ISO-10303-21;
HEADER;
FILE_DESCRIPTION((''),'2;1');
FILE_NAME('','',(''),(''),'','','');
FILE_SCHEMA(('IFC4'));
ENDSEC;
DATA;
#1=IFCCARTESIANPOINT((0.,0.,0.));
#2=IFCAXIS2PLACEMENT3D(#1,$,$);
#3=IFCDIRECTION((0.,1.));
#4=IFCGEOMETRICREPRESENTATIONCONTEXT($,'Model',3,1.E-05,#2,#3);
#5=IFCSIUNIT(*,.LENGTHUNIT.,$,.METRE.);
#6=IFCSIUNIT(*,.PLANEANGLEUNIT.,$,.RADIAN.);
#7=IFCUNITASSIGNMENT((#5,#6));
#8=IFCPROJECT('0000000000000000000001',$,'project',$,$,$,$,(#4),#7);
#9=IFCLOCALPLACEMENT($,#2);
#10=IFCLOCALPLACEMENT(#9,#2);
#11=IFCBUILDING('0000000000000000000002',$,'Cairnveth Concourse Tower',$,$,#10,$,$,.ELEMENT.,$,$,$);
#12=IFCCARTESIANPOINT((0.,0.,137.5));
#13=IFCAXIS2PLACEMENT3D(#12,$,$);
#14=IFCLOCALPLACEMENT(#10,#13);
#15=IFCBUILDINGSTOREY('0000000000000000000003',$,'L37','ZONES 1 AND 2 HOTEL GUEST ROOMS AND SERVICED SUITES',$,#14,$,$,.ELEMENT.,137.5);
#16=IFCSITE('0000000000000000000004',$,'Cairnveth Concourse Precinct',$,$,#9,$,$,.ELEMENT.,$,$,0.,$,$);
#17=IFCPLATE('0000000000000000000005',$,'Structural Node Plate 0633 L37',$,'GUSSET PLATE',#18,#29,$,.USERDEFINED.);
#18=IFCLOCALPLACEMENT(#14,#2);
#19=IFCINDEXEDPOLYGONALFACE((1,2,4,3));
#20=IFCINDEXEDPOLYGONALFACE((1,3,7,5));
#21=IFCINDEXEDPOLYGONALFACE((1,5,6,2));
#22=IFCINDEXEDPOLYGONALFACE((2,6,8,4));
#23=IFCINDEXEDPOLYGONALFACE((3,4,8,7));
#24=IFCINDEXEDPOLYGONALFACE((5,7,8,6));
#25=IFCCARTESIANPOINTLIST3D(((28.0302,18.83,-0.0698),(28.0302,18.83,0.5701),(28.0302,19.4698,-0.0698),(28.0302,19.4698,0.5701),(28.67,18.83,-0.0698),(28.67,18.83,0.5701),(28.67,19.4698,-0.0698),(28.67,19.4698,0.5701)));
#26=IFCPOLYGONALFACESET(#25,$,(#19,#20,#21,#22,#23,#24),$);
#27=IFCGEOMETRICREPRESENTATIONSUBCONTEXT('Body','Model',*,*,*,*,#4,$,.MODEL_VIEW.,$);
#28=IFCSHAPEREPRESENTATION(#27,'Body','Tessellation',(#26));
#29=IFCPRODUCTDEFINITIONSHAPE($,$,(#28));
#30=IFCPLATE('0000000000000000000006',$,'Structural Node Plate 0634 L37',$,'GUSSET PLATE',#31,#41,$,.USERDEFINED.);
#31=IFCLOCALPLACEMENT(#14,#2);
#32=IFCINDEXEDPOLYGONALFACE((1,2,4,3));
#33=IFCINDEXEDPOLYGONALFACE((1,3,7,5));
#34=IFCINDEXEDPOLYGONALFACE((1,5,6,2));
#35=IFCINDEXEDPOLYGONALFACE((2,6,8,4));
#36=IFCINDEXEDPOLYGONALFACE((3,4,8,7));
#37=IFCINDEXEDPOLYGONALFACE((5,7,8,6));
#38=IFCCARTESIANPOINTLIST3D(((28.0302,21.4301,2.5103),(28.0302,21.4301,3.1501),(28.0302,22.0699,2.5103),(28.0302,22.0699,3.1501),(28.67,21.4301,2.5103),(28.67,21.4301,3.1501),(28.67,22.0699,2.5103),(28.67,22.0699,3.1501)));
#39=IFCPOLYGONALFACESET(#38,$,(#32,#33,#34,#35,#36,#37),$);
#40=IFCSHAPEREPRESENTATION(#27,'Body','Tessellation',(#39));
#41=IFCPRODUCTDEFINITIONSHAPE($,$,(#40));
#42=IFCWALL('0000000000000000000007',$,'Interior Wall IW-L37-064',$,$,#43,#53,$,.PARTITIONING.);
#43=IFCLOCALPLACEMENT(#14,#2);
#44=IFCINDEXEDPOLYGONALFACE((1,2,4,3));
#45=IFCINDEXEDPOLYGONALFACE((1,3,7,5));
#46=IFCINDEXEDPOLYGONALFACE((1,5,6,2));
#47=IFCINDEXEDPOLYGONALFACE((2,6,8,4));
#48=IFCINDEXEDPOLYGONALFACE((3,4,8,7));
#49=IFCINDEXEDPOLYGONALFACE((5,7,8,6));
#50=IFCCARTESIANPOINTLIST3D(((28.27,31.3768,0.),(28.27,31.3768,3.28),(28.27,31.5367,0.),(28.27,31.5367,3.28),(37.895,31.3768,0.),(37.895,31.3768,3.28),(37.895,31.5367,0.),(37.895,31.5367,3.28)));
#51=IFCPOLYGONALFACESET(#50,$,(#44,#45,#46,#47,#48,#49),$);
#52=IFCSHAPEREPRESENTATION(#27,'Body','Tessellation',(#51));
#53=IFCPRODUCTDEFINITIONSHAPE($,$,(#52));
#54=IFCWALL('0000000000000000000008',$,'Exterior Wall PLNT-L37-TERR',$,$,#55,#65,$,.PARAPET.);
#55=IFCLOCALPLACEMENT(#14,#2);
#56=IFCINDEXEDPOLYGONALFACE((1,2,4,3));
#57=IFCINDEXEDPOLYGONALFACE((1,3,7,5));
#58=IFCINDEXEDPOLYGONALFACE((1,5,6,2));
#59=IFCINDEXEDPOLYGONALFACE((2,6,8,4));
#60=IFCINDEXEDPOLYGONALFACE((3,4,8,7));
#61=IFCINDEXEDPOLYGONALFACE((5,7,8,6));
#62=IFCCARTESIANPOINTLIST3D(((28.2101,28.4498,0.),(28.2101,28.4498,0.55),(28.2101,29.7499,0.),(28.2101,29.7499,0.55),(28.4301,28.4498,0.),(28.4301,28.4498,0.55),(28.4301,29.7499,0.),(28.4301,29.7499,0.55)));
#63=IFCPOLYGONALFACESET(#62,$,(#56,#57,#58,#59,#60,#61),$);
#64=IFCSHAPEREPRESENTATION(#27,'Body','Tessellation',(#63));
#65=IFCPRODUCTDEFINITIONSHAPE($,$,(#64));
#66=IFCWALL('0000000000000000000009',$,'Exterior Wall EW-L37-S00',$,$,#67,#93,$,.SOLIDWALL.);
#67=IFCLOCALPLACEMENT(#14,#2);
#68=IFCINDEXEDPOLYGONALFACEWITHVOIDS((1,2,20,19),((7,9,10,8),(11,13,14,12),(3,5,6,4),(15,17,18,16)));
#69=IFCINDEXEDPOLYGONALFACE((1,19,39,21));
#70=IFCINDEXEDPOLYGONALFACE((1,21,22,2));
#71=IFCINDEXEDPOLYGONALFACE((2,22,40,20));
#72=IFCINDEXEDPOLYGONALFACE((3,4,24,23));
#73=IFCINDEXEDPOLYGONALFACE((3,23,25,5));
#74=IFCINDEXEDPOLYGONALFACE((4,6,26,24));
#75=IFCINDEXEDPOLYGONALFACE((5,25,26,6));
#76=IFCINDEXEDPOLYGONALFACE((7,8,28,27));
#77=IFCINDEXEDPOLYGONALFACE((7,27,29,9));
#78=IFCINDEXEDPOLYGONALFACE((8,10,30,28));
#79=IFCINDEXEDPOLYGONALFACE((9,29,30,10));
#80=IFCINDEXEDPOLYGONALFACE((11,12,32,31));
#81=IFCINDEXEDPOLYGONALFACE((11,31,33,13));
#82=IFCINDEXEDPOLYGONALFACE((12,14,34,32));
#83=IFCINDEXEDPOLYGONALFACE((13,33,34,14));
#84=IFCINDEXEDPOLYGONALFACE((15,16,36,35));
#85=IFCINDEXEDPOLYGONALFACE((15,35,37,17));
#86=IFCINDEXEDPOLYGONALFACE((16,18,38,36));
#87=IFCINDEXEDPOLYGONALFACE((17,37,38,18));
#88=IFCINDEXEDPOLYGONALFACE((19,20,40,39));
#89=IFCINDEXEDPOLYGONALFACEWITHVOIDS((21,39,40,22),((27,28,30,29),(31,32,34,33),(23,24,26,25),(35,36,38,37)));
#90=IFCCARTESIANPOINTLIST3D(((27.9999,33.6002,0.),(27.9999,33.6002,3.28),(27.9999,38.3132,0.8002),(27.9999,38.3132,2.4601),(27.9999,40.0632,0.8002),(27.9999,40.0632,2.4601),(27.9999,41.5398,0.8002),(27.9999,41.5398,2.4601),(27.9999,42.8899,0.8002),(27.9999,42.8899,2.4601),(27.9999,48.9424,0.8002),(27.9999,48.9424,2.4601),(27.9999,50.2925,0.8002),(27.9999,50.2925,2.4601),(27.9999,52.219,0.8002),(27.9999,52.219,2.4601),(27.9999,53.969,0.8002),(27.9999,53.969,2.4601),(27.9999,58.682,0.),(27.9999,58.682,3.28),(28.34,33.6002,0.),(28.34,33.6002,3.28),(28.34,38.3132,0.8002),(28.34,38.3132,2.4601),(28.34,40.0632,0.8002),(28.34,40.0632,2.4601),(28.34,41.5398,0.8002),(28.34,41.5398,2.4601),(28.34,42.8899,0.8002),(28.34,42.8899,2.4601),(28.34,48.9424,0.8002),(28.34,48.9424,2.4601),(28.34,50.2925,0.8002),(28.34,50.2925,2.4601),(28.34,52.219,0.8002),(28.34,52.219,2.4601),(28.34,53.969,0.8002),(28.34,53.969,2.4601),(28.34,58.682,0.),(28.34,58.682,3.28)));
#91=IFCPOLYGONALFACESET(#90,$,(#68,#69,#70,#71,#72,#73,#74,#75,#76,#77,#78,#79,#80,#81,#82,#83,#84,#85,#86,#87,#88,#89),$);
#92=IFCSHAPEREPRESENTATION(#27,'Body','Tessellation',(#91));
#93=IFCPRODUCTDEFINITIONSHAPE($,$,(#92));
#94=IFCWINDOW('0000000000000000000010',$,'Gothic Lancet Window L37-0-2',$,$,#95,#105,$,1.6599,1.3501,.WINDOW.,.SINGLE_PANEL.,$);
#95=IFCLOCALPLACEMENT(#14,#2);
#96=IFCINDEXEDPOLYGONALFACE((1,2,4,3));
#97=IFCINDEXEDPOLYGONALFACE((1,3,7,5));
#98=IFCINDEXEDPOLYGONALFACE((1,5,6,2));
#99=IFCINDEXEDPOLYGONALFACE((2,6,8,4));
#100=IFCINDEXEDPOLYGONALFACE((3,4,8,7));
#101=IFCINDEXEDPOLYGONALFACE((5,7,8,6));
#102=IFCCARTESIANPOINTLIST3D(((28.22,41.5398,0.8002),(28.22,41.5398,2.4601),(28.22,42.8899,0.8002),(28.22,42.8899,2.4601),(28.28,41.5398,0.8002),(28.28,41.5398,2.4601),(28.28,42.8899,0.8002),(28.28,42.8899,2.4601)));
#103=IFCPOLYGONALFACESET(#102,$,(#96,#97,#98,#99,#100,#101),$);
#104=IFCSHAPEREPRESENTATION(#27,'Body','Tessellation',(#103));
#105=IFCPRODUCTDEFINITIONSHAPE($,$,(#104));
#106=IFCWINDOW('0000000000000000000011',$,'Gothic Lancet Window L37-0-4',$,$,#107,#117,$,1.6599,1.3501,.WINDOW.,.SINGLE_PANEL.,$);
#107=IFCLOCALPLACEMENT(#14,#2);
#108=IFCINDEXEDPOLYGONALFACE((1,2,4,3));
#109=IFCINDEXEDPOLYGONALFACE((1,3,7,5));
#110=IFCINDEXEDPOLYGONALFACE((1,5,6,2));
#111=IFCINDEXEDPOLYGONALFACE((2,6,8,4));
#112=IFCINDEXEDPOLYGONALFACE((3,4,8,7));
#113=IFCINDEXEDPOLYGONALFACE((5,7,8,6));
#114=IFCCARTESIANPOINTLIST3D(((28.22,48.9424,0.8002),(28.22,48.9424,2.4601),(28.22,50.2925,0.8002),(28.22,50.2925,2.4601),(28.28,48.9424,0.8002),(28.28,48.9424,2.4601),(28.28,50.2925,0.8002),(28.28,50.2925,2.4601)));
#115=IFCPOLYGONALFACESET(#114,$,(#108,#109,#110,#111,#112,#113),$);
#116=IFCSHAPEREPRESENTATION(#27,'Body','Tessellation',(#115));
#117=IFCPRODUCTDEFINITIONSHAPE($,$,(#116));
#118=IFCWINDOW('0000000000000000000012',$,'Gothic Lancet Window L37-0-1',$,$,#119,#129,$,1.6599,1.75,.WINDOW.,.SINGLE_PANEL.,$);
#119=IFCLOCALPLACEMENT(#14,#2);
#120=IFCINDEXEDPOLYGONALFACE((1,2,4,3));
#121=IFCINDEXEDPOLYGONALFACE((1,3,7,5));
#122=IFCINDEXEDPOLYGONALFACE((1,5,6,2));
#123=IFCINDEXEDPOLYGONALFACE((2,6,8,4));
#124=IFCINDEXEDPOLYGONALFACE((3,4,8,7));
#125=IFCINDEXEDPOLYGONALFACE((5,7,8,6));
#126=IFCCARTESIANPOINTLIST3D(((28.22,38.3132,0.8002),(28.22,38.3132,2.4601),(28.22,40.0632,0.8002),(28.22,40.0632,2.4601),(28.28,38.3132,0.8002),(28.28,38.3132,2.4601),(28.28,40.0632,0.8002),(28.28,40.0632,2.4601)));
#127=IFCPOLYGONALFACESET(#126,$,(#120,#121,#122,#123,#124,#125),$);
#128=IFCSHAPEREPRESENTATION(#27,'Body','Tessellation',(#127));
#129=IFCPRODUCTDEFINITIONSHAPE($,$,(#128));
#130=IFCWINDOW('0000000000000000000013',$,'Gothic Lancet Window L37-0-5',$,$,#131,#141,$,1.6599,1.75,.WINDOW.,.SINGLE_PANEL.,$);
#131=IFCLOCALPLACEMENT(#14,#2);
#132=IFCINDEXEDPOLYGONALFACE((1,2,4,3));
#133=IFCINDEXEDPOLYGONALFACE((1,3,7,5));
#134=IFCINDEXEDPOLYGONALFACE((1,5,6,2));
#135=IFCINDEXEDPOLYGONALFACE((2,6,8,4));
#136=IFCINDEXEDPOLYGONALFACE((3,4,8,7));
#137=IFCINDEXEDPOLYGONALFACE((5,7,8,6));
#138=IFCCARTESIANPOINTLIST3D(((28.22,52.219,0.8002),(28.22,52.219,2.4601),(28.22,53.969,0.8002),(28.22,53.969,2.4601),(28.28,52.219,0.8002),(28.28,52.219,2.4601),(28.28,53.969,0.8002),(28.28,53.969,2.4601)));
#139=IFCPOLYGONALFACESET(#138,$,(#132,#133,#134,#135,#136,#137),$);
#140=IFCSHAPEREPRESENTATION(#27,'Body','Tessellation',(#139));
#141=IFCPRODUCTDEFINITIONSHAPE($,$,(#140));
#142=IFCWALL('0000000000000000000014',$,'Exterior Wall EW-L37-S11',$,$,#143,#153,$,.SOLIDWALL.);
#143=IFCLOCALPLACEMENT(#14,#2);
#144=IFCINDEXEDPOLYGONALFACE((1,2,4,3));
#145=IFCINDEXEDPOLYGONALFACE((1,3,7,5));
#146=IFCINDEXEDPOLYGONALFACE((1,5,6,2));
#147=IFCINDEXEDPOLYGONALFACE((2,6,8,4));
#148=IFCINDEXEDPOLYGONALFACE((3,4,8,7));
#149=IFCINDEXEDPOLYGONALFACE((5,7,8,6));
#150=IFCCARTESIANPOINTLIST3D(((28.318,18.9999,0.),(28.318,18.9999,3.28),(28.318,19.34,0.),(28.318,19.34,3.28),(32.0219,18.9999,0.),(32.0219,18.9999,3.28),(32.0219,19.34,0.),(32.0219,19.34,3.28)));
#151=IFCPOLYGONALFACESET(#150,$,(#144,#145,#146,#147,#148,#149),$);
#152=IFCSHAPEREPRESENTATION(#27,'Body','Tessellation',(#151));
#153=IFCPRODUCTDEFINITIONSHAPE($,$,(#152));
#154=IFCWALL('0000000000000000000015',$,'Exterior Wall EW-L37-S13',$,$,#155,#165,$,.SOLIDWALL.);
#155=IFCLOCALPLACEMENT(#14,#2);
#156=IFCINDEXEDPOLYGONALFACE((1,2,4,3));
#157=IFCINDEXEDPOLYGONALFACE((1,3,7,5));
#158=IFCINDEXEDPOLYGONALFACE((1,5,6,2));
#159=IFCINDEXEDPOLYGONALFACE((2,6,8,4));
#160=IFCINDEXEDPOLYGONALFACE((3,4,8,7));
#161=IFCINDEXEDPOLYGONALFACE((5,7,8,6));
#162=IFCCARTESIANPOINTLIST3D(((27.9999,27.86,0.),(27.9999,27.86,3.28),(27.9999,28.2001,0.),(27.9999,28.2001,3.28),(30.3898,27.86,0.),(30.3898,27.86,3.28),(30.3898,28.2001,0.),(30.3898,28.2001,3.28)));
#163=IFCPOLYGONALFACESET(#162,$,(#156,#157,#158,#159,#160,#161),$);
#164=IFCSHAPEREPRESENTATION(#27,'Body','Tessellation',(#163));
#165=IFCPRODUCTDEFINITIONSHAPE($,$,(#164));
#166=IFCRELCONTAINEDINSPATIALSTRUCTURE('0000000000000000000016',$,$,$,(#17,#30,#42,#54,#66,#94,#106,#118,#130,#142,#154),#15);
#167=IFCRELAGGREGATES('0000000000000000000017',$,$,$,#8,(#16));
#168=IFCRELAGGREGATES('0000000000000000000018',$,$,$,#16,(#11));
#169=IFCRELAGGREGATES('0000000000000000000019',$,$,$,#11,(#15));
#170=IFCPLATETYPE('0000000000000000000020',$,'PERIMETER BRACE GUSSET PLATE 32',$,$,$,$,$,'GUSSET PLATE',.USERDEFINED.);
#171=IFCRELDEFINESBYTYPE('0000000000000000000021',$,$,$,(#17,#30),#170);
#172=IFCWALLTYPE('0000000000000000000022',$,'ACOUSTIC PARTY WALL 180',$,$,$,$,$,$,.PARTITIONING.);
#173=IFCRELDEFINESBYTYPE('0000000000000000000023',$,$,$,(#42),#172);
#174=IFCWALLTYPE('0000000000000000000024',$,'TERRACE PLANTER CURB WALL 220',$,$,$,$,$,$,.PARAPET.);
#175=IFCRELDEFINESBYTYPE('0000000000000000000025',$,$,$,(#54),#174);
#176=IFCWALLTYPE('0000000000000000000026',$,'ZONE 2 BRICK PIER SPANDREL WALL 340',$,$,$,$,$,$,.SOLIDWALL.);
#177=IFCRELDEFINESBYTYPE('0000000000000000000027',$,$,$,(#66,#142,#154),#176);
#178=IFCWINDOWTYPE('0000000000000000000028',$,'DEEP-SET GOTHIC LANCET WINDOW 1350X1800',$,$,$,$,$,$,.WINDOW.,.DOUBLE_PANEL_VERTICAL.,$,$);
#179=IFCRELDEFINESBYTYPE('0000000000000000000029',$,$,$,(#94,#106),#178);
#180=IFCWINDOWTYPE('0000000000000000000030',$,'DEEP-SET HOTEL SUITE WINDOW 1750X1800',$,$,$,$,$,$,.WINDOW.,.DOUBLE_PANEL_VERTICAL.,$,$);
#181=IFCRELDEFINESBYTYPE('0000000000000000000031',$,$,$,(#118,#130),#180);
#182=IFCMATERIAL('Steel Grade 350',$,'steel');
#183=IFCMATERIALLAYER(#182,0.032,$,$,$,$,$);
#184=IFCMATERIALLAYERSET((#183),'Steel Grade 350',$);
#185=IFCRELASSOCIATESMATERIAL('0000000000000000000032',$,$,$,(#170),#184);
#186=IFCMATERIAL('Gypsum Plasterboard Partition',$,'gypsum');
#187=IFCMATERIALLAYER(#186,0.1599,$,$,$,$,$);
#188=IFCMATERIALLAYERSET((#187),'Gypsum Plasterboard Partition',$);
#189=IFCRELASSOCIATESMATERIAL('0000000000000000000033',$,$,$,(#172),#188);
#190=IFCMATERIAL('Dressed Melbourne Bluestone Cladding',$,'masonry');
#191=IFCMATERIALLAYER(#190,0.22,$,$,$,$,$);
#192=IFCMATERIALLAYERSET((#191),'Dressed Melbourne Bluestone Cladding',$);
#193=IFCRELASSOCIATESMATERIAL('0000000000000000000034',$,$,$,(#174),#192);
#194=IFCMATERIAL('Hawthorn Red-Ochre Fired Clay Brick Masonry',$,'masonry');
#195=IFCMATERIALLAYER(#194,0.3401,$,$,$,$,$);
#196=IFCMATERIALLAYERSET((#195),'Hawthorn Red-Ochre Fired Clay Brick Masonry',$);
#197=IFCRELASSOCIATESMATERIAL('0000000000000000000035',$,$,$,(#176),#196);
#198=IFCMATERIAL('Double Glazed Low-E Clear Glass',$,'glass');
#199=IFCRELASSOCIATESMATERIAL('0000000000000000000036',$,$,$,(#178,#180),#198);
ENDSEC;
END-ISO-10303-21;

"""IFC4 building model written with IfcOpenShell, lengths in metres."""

from ifc_helpers import new_model, si_unit, direction, frame, frame_2d, origin, origin_2d, place, context, subcontext, project, spatial, rectangle, extrude, material, layer, layer_set, type_object, element, fill, save


model = new_model("IFC4")

# Units and contexts
model_context = context("Model", 3, precision=1e-05, world=origin(), true_north=direction((0.0, 1.0)))
body_context = subcontext(model_context, "Body", "Model", "MODEL_VIEW")
ifc_project = project(units=[si_unit("LENGTHUNIT", "METRE"), si_unit("PLANEANGLEUNIT", "RADIAN")], contexts=[model_context])

# Site, building, storey
site_placement = place(None, origin())
site = spatial("IfcSite", under=ifc_project, at=site_placement, Name="Cairnveth Concourse Precinct", CompositionType="ELEMENT", RefElevation=0.0)
building_placement = place(site_placement, origin())
building = spatial("IfcBuilding", under=site, at=building_placement, Name="Cairnveth Concourse Tower", CompositionType="ELEMENT")
storey_placement = place(building_placement, frame((0.0, 0.0, 137.5)))
storey = spatial("IfcBuildingStorey", under=building, at=storey_placement, Name="L37", Description="ZONES 1 AND 2 HOTEL GUEST ROOMS AND SERVICED SUITES", CompositionType="ELEMENT", Elevation=137.5)

# Plates
ifc_material_1 = material(Name="Steel Grade 350", Category="steel")
ifc_layer_1 = layer(ifc_material_1, 0.032)
ifc_layer_set_1 = layer_set([ifc_layer_1], Name="Steel Grade 350")
plate_type = type_object("IfcPlateType", Name="PERIMETER BRACE GUSSET PLATE 32", ElementType="GUSSET PLATE", PredefinedType="USERDEFINED", material=ifc_layer_set_1)
for number, where, z_axis, x_axis, name in (
    (1, (28.3501, 19.1499, -0.0698), (0.0, 0.0, 1.0), (1.0, 0.0, 0.0), "Structural Node Plate 0633 L37"),
    (2, (28.3501, 21.75, 2.5103), (0.0, 0.0, 1.0), (1.0, 0.0, 0.0), "Structural Node Plate 0634 L37"),
):
    element("IfcPlate", number, at=place(storey_placement, frame(where, z_axis=z_axis, x_axis=x_axis)), inside=storey, type_object=plate_type, Name=name, ObjectType="GUSSET PLATE", PredefinedType="USERDEFINED", context=body_context, shape_type="SweptSolid", body=[
        extrude(rectangle(XDim=0.6399, YDim=0.6399, at=origin_2d()), origin(), (0.0, 0.0, 1.0), 0.6399),
    ])

# Walls
ifc_material_2 = material(Name="Gypsum Plasterboard Partition", Category="gypsum")
ifc_layer_2 = layer(ifc_material_2, 0.1599)
ifc_layer_set_2 = layer_set([ifc_layer_2], Name="Gypsum Plasterboard Partition")
wall_type_1 = type_object("IfcWallType", Name="ACOUSTIC PARTY WALL 180", PredefinedType="PARTITIONING", material=ifc_layer_set_2)
wall_1_placement = place(storey_placement, frame((28.27, 31.4568, 0.0), z_axis=(0.0, 0.0, 1.0), x_axis=(1.0, 0.0, 0.0)))
element("IfcWall", 3, at=wall_1_placement, inside=storey, type_object=wall_type_1, Name="Interior Wall IW-L37-064", PredefinedType="PARTITIONING", context=body_context, shape_type="SweptSolid", body=[
    extrude(rectangle(XDim=9.625, YDim=0.1599, at=frame_2d((4.8125, 0.0))), origin(), (0.0, 0.0, 1.0), 3.28),
])
ifc_material_3 = material(Name="Dressed Melbourne Bluestone Cladding", Category="masonry")
ifc_layer_3 = layer(ifc_material_3, 0.22)
ifc_layer_set_3 = layer_set([ifc_layer_3], Name="Dressed Melbourne Bluestone Cladding")
wall_type_2 = type_object("IfcWallType", Name="TERRACE PLANTER CURB WALL 220", PredefinedType="PARAPET", material=ifc_layer_set_3)
wall_2_placement = place(storey_placement, frame((28.3201, 28.45, 0.0), z_axis=(0.0, 0.0, 1.0), x_axis=(0.0, 1.0, 0.0)))
element("IfcWall", 4, at=wall_2_placement, inside=storey, type_object=wall_type_2, Name="Exterior Wall PLNT-L37-TERR", PredefinedType="PARAPET", context=body_context, shape_type="SweptSolid", body=[
    extrude(rectangle(XDim=1.3, YDim=0.22, at=frame_2d((0.6499, 0.0))), origin(), (0.0, 0.0, 1.0), 0.55),
])

# Wall, openings, windows
ifc_material_4 = material(Name="Hawthorn Red-Ochre Fired Clay Brick Masonry", Category="masonry")
ifc_layer_4 = layer(ifc_material_4, 0.3401)
ifc_layer_set_4 = layer_set([ifc_layer_4], Name="Hawthorn Red-Ochre Fired Clay Brick Masonry")
wall_type_3 = type_object("IfcWallType", Name="ZONE 2 BRICK PIER SPANDREL WALL 340", PredefinedType="SOLIDWALL", material=ifc_layer_set_4)
wall_3_placement = place(storey_placement, frame((28.1699, 33.6001, 0.0), z_axis=(0.0, 0.0, 1.0), x_axis=(0.0, 1.0, 0.0)))
wall_3 = element("IfcWall", 5, at=wall_3_placement, inside=storey, type_object=wall_type_3, Name="Exterior Wall EW-L37-S00", PredefinedType="SOLIDWALL", context=body_context, shape_type="SweptSolid", body=[
    extrude(rectangle(XDim=25.0818, YDim=0.3401, at=frame_2d((12.541, 0.0))), origin(), (0.0, 0.0, 1.0), 3.28),
])
opening_1_placement = place(wall_3_placement, frame((4.7131, 0.0, 0.8)))
opening_1 = element("IfcOpeningElement", 6, at=opening_1_placement, cuts=wall_3, PredefinedType="OPENING", context=body_context, shape_type="SweptSolid", body=[
    extrude(rectangle(XDim=1.75, YDim=1.6599, at=frame_2d((0.875, 0.8301))), frame((0.0, 0.1799, 0.0), z_axis=(0.0, -1.0, 0.0), x_axis=(1.0, 0.0, 0.0)), (0.0, 0.0, 1.0), 0.3601),
])
opening_2_placement = place(wall_3_placement, frame((7.9397, 0.0, 0.8)))
opening_2 = element("IfcOpeningElement", 7, at=opening_2_placement, cuts=wall_3, PredefinedType="OPENING", context=body_context, shape_type="SweptSolid", body=[
    extrude(rectangle(XDim=1.3501, YDim=1.6599, at=frame_2d((0.675, 0.8301))), frame((0.0, 0.1799, 0.0), z_axis=(0.0, -1.0, 0.0), x_axis=(1.0, 0.0, 0.0)), (0.0, 0.0, 1.0), 0.3601),
])
opening_3_placement = place(wall_3_placement, frame((15.3423, 0.0, 0.8)))
opening_3 = element("IfcOpeningElement", 8, at=opening_3_placement, cuts=wall_3, PredefinedType="OPENING", context=body_context, shape_type="SweptSolid", body=[
    extrude(rectangle(XDim=1.3501, YDim=1.6599, at=frame_2d((0.675, 0.8301))), frame((0.0, 0.1799, 0.0), z_axis=(0.0, -1.0, 0.0), x_axis=(1.0, 0.0, 0.0)), (0.0, 0.0, 1.0), 0.3601),
])
opening_4_placement = place(wall_3_placement, frame((18.6189, 0.0, 0.8)))
opening_4 = element("IfcOpeningElement", 9, at=opening_4_placement, cuts=wall_3, PredefinedType="OPENING", context=body_context, shape_type="SweptSolid", body=[
    extrude(rectangle(XDim=1.75, YDim=1.6599, at=frame_2d((0.875, 0.8301))), frame((0.0, 0.1799, 0.0), z_axis=(0.0, -1.0, 0.0), x_axis=(1.0, 0.0, 0.0)), (0.0, 0.0, 1.0), 0.3601),
])
ifc_material_5 = material(Name="Double Glazed Low-E Clear Glass", Category="glass")
window_type_1 = type_object("IfcWindowType", Name="DEEP-SET GOTHIC LANCET WINDOW 1350X1800", PartitioningType="DOUBLE_PANEL_VERTICAL", PredefinedType="WINDOW", material=ifc_material_5)
window_1_placement = place(opening_2_placement, origin())
window_1 = element("IfcWindow", 10, at=window_1_placement, inside=storey, type_object=window_type_1, Name="Gothic Lancet Window L37-0-2", OverallHeight=1.6599, OverallWidth=1.3501, PartitioningType="SINGLE_PANEL", PredefinedType="WINDOW", context=body_context, shape_type="SweptSolid", body=[
    extrude(rectangle(XDim=1.3501, YDim=1.6599, at=frame_2d((0.675, 0.8301))), frame((0.0, -0.05, 0.0), z_axis=(0.0, -1.0, 0.0), x_axis=(1.0, 0.0, 0.0)), (0.0, 0.0, 1.0), 0.0601),
])
fill(opening_2, window_1)
window_2_placement = place(opening_3_placement, origin())
window_2 = element("IfcWindow", 11, at=window_2_placement, inside=storey, type_object=window_type_1, Name="Gothic Lancet Window L37-0-4", OverallHeight=1.6599, OverallWidth=1.3501, PartitioningType="SINGLE_PANEL", PredefinedType="WINDOW", context=body_context, shape_type="SweptSolid", body=[
    extrude(rectangle(XDim=1.3501, YDim=1.6599, at=frame_2d((0.675, 0.8301))), frame((0.0, -0.05, 0.0), z_axis=(0.0, -1.0, 0.0), x_axis=(1.0, 0.0, 0.0)), (0.0, 0.0, 1.0), 0.0601),
])
fill(opening_3, window_2)
window_type_2 = type_object("IfcWindowType", Name="DEEP-SET HOTEL SUITE WINDOW 1750X1800", PartitioningType="DOUBLE_PANEL_VERTICAL", PredefinedType="WINDOW", material=ifc_material_5)
window_3_placement = place(opening_1_placement, origin())
window_3 = element("IfcWindow", 12, at=window_3_placement, inside=storey, type_object=window_type_2, Name="Gothic Lancet Window L37-0-1", OverallHeight=1.6599, OverallWidth=1.75, PartitioningType="SINGLE_PANEL", PredefinedType="WINDOW", context=body_context, shape_type="SweptSolid", body=[
    extrude(rectangle(XDim=1.75, YDim=1.6599, at=frame_2d((0.875, 0.8301))), frame((0.0, -0.05, 0.0), z_axis=(0.0, -1.0, 0.0), x_axis=(1.0, 0.0, 0.0)), (0.0, 0.0, 1.0), 0.0601),
])
fill(opening_1, window_3)
window_4_placement = place(opening_4_placement, origin())
window_4 = element("IfcWindow", 13, at=window_4_placement, inside=storey, type_object=window_type_2, Name="Gothic Lancet Window L37-0-5", OverallHeight=1.6599, OverallWidth=1.75, PartitioningType="SINGLE_PANEL", PredefinedType="WINDOW", context=body_context, shape_type="SweptSolid", body=[
    extrude(rectangle(XDim=1.75, YDim=1.6599, at=frame_2d((0.875, 0.8301))), frame((0.0, -0.05, 0.0), z_axis=(0.0, -1.0, 0.0), x_axis=(1.0, 0.0, 0.0)), (0.0, 0.0, 1.0), 0.0601),
])
fill(opening_4, window_4)

# Walls
wall_4_placement = place(storey_placement, frame((32.022, 19.1699, 0.0), z_axis=(0.0, 0.0, 1.0), x_axis=(-1.0, 0.0, 0.0)))
element("IfcWall", 14, at=wall_4_placement, inside=storey, type_object=wall_type_3, Name="Exterior Wall EW-L37-S11", PredefinedType="SOLIDWALL", context=body_context, shape_type="SweptSolid", body=[
    extrude(rectangle(XDim=3.7039, YDim=0.3401, at=frame_2d((1.8521, 0.0))), origin(), (0.0, 0.0, 1.0), 3.28),
])
wall_5_placement = place(storey_placement, frame((28.0, 28.03, 0.0), z_axis=(0.0, 0.0, 1.0), x_axis=(1.0, 0.0, 0.0)))
element("IfcWall", 15, at=wall_5_placement, inside=storey, type_object=wall_type_3, Name="Exterior Wall EW-L37-S13", PredefinedType="SOLIDWALL", context=body_context, shape_type="SweptSolid", body=[
    extrude(rectangle(XDim=2.3899, YDim=0.3401, at=frame_2d((1.1948, 0.0))), origin(), (0.0, 0.0, 1.0), 3.28),
])

save(model, "model.ifc")
